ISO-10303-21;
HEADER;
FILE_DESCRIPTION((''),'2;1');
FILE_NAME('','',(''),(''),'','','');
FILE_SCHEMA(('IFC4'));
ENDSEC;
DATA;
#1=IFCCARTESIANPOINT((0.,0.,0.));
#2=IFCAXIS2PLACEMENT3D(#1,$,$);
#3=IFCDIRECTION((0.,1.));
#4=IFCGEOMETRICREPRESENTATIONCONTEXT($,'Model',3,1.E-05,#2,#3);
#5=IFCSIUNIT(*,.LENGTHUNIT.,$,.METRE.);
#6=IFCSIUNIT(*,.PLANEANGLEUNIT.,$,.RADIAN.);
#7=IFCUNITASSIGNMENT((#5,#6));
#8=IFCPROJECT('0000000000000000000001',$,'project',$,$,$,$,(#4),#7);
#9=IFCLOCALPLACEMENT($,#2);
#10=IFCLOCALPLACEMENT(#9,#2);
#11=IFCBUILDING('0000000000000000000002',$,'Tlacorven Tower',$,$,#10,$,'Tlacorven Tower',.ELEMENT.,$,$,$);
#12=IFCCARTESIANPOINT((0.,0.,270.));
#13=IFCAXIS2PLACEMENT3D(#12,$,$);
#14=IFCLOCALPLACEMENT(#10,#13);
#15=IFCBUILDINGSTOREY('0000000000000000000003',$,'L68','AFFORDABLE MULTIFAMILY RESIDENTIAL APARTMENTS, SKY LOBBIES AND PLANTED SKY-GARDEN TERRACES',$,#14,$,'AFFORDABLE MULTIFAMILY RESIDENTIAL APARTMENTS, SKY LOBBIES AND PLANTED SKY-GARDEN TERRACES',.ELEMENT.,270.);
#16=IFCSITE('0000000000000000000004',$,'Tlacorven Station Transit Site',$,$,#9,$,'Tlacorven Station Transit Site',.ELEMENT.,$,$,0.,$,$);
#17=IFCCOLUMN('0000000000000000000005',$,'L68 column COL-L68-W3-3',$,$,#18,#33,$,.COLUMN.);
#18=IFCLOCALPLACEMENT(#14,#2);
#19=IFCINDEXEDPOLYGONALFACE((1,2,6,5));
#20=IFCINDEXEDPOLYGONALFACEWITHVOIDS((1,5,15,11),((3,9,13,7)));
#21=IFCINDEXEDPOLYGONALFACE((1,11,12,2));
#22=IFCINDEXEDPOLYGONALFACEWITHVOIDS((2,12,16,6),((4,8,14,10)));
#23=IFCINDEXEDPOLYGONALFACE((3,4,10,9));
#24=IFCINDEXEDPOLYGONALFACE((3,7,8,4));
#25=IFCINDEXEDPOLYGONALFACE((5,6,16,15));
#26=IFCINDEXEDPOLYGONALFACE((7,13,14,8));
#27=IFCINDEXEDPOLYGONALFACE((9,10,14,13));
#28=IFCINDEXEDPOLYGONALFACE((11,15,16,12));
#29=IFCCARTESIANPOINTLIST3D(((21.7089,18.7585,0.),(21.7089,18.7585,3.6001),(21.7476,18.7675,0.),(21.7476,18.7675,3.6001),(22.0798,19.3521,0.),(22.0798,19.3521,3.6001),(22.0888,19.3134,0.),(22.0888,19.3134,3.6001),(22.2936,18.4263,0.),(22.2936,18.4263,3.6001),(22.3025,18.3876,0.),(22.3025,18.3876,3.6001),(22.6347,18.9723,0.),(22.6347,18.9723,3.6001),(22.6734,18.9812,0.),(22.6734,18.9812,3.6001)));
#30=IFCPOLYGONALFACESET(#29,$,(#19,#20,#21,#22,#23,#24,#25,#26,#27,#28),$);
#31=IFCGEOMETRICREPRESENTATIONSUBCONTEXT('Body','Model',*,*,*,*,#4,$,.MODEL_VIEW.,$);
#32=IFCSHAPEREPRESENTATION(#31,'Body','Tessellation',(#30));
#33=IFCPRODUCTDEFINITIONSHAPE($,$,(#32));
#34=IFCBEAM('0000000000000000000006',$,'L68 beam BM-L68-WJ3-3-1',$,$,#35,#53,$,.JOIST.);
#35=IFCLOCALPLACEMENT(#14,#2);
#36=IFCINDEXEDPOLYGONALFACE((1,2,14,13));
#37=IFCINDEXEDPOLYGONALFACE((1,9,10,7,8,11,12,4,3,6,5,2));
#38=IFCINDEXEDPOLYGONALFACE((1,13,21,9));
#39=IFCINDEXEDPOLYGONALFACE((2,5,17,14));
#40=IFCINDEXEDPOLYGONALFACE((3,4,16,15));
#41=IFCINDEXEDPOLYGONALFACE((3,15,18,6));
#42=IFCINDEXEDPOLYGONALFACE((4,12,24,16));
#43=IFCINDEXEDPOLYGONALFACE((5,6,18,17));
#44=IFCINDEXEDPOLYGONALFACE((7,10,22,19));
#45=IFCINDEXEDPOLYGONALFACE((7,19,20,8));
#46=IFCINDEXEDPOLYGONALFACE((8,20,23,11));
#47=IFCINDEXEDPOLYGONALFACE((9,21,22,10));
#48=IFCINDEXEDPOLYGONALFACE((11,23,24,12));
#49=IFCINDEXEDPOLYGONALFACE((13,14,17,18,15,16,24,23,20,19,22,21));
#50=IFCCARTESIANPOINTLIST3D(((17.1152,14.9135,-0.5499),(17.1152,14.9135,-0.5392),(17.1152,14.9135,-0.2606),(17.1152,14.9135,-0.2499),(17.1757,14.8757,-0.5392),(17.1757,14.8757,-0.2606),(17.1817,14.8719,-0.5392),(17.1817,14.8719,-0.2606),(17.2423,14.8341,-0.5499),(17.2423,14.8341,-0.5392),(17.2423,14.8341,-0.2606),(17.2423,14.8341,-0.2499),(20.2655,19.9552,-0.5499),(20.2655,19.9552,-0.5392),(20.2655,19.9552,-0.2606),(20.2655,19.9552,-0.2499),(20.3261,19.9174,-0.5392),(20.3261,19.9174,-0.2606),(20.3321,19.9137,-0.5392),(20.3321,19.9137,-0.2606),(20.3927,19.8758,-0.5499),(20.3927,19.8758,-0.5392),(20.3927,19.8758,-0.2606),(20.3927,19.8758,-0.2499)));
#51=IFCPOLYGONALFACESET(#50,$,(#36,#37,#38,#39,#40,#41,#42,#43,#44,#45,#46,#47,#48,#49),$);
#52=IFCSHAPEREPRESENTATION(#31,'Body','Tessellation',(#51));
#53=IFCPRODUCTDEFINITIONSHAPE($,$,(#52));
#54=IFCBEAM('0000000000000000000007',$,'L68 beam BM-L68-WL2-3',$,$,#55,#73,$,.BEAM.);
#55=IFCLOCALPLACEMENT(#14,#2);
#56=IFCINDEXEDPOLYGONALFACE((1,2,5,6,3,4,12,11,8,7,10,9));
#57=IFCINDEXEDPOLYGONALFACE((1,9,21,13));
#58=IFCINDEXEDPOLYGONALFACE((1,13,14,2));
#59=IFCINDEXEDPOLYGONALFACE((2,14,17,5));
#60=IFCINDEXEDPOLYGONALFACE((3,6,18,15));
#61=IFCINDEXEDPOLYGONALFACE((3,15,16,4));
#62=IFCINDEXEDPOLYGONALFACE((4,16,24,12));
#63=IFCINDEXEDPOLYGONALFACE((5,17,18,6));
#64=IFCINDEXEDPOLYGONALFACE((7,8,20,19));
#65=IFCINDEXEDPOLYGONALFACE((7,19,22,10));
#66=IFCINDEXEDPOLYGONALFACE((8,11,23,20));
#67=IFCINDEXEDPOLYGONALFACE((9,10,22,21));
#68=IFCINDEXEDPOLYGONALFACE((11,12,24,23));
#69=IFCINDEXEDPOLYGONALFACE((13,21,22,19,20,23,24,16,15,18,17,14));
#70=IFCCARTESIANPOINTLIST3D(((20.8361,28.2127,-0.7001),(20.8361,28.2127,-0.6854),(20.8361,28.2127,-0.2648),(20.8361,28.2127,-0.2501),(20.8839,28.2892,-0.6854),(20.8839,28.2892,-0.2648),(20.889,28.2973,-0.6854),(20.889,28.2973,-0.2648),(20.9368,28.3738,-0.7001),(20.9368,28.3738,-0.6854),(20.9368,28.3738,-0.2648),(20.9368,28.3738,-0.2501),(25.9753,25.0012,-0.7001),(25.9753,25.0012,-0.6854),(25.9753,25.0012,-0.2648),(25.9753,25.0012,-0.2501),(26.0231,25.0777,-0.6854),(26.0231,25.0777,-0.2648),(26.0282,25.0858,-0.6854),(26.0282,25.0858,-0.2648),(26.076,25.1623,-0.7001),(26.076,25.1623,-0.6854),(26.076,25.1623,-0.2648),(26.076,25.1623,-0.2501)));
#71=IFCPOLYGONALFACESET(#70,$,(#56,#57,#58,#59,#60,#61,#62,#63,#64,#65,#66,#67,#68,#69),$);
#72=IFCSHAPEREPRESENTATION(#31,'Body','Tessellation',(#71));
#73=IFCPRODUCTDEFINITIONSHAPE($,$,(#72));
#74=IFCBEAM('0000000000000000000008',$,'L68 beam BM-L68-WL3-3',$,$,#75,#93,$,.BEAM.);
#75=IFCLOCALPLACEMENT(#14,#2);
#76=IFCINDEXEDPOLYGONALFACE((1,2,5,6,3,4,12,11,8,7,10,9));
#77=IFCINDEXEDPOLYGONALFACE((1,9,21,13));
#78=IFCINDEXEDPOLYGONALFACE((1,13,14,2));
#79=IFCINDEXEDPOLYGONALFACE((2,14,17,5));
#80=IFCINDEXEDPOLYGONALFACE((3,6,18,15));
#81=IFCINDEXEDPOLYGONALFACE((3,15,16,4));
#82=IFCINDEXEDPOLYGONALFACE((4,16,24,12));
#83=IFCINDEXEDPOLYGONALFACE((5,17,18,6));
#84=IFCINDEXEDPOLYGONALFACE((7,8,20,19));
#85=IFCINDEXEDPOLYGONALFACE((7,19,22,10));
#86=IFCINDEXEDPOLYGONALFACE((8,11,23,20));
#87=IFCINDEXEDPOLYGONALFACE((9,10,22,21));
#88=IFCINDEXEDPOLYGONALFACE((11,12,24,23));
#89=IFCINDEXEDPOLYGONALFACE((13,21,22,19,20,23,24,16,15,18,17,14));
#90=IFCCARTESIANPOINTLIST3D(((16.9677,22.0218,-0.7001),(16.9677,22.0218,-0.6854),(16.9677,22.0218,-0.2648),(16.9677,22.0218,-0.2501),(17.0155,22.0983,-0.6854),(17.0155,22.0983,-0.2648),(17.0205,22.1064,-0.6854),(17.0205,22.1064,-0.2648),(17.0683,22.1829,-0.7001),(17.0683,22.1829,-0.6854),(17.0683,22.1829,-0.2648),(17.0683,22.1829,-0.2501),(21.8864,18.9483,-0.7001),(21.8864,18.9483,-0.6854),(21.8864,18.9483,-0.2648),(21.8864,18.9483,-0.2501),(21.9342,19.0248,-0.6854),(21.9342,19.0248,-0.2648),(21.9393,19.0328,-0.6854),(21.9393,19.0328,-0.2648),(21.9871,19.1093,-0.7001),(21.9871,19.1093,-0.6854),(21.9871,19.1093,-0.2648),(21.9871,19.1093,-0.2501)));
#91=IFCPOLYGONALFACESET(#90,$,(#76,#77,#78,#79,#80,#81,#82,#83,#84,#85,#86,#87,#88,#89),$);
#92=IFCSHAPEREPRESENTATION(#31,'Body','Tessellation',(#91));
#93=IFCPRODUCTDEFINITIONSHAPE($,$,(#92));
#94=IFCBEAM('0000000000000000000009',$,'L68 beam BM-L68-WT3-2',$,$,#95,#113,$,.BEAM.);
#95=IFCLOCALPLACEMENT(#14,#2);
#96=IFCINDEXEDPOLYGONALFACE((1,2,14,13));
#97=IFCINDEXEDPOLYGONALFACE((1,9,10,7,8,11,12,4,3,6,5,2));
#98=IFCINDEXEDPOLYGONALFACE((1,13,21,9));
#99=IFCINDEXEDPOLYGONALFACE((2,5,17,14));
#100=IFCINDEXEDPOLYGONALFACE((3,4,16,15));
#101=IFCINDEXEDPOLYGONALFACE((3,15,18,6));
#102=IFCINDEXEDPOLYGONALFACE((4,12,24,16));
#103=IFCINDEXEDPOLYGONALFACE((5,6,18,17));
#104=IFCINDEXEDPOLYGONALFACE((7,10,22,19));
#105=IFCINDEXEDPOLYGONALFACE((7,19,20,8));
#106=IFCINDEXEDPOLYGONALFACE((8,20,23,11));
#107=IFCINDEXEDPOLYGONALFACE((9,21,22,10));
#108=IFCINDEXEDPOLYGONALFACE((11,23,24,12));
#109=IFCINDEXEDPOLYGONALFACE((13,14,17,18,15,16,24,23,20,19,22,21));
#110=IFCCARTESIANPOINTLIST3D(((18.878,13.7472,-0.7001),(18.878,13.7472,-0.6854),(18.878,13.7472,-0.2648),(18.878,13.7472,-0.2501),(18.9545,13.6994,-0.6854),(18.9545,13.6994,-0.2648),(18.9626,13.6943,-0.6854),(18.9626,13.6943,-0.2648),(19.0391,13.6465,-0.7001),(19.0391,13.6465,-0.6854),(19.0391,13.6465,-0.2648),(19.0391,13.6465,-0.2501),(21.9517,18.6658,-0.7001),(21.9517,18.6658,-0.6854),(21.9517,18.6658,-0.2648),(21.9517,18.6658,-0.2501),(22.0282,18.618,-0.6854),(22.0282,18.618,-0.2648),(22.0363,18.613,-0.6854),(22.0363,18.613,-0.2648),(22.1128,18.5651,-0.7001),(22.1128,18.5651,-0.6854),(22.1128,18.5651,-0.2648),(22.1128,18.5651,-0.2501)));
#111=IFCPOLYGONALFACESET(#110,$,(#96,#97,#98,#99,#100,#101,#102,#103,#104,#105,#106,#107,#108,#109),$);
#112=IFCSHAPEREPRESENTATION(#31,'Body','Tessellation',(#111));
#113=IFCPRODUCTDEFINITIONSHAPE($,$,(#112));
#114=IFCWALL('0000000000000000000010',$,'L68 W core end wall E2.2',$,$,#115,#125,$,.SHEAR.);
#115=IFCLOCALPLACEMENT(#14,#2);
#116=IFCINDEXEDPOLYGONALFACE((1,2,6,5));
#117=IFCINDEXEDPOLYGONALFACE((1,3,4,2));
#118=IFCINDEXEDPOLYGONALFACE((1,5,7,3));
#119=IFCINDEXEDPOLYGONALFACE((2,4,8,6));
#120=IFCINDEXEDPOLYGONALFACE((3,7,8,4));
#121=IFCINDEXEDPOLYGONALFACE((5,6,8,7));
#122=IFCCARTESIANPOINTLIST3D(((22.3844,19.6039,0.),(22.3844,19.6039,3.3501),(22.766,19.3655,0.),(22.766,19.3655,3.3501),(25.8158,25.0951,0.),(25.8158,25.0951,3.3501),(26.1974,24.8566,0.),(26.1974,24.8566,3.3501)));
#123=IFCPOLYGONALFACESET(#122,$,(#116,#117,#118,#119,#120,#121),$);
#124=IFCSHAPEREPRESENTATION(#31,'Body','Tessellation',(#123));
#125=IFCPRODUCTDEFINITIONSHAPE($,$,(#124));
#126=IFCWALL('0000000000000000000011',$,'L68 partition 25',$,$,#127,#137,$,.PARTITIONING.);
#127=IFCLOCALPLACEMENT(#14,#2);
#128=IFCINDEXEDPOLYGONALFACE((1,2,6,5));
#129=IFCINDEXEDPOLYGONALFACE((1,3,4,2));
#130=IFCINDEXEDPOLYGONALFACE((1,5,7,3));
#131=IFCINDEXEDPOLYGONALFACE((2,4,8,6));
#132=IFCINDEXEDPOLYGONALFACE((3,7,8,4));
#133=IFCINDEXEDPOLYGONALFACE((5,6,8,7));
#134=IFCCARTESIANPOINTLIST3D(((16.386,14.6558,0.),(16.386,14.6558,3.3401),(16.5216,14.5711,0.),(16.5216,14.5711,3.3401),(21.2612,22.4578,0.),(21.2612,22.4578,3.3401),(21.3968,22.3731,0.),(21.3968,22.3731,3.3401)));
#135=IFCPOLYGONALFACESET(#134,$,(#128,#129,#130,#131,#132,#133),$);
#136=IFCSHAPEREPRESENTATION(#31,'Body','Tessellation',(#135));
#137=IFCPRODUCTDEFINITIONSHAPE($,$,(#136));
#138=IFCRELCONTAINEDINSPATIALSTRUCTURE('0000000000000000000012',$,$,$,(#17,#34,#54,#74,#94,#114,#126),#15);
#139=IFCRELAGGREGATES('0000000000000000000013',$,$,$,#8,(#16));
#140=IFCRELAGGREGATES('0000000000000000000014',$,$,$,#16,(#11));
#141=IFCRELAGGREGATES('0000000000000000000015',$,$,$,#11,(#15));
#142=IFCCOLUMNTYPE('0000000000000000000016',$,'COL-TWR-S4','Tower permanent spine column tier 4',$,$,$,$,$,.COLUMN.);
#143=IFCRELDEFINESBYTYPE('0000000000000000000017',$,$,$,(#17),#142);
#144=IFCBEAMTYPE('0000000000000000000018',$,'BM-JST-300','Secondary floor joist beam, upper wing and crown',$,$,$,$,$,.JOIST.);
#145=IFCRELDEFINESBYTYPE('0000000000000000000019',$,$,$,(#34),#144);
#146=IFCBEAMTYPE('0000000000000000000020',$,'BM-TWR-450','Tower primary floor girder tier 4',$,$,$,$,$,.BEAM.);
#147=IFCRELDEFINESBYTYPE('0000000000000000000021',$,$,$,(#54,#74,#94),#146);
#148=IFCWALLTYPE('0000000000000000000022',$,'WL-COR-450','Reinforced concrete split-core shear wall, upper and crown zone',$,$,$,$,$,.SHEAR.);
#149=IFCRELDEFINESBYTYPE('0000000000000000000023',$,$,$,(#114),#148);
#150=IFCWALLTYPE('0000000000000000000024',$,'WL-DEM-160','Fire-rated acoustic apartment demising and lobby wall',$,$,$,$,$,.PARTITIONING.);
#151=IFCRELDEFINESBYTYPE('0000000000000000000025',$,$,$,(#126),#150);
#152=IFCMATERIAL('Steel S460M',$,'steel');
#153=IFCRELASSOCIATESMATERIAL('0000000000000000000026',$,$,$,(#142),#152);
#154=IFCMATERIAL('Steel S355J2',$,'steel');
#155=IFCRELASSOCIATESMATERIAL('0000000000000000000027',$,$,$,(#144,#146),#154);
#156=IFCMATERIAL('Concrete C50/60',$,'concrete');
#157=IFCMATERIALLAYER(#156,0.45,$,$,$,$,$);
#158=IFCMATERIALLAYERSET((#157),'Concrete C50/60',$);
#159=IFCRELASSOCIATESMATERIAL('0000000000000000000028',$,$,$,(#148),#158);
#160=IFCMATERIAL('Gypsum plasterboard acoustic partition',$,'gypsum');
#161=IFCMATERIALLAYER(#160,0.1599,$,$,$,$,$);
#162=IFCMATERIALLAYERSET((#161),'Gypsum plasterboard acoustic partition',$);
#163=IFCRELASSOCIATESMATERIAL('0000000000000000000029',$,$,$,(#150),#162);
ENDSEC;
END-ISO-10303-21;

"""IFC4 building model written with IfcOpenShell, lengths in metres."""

from ifc_helpers import new_model, si_unit, direction, frame, frame_2d, origin, origin_2d, place, context, subcontext, project, spatial, rectangle, hollow_rectangle, i_section, extrude, source, transform, mapped, material, layer, layer_set, material_profile, profile_set, type_object, element, save


model = new_model("IFC4")

# Units and contexts
model_context = context("Model", 3, precision=1e-05, world=origin(), true_north=direction((0.0, 1.0)))
body_context = subcontext(model_context, "Body", "Model", "MODEL_VIEW")
ifc_project = project(units=[si_unit("LENGTHUNIT", "METRE"), si_unit("PLANEANGLEUNIT", "RADIAN")], contexts=[model_context])

# Site, building, storey
site_placement = place(None, origin())
site = spatial("IfcSite", under=ifc_project, at=site_placement, Name="Tlacorven Station Transit Site", LongName="Tlacorven Station Transit Site", CompositionType="ELEMENT", RefElevation=0.0)
building_placement = place(site_placement, origin())
building = spatial("IfcBuilding", under=site, at=building_placement, Name="Tlacorven Tower", LongName="Tlacorven Tower", CompositionType="ELEMENT")
storey_placement = place(building_placement, frame((0.0, 0.0, 270.0)))
storey = spatial("IfcBuildingStorey", under=building, at=storey_placement, Name="L68", Description="AFFORDABLE MULTIFAMILY RESIDENTIAL APARTMENTS, SKY LOBBIES AND PLANTED SKY-GARDEN TERRACES", LongName="AFFORDABLE MULTIFAMILY RESIDENTIAL APARTMENTS, SKY LOBBIES AND PLANTED SKY-GARDEN TERRACES", CompositionType="ELEMENT", Elevation=270.0)

# Column
ifc_material_1 = material(Name="Steel S460M", Category="steel")
ifc_material_profile_1 = material_profile(ifc_material_1, hollow_rectangle(XDim=0.7, YDim=0.7, WallThickness=0.0281, at=origin_2d()), Name="BOX 700X700X28")
ifc_profile_set_1 = profile_set([ifc_material_profile_1], Name="Steel S460M")
column_type = type_object("IfcColumnType", Name="COL-TWR-S4", Description="Tower permanent spine column tier 4", PredefinedType="COLUMN", material=ifc_profile_set_1)
shared_shape_1 = source(origin(), body_context, "Body", "SweptSolid", [
    extrude(hollow_rectangle(XDim=0.7, YDim=0.7, WallThickness=0.0281, at=origin_2d()), origin(), (0.0, 0.0, 1.0), 3.6001),
])
column_placement = place(storey_placement, frame((22.1912, 18.8699, 0.0), z_axis=(0.0, 0.0, 1.0), x_axis=(-0.848048, 0.529919, 0.0)))
element("IfcColumn", 1, at=column_placement, inside=storey, type_object=column_type, Name="L68 column COL-L68-W3-3", PredefinedType="COLUMN", context=body_context, shape_type="MappedRepresentation", body=[
    mapped(shared_shape_1, transform((0.0, 0.0, 0.0), scale=1.0)),
])

# Beams
ifc_material_2 = material(Name="Steel S355J2", Category="steel")
ifc_material_profile_2 = material_profile(ifc_material_2, i_section(OverallWidth=0.1499, OverallDepth=0.3, WebThickness=0.0071, FlangeThickness=0.0107, at=origin_2d()), Name="IPE 300")
ifc_profile_set_2 = profile_set([ifc_material_profile_2], Name="Steel S355J2")
beam_type_1 = type_object("IfcBeamType", Name="BM-JST-300", Description="Secondary floor joist beam, upper wing and crown", PredefinedType="JOIST", material=ifc_profile_set_2)
shared_shape_2 = source(origin(), body_context, "Body", "SweptSolid", [
    extrude(i_section(OverallWidth=0.1499, OverallDepth=0.3, WebThickness=0.0071, FlangeThickness=0.0107, at=origin_2d()), origin(), (0.0, 0.0, 1.0), 5.9451),
])
beam_1_placement = place(storey_placement, frame((20.3291, 19.9155, -0.3999), z_axis=(-0.529914, -0.848051, 0.0), x_axis=(0.848051, -0.529914, 0.0)))
element("IfcBeam", 2, at=beam_1_placement, inside=storey, type_object=beam_type_1, Name="L68 beam BM-L68-WJ3-3-1", PredefinedType="JOIST", context=body_context, shape_type="MappedRepresentation", body=[
    mapped(shared_shape_2, transform((0.0, 0.0, 0.0), scale=1.0)),
])
ifc_material_profile_3 = material_profile(ifc_material_2, i_section(OverallWidth=0.1899, OverallDepth=0.45, WebThickness=0.0095, FlangeThickness=0.0146, at=origin_2d()), Name="IPE 450")
ifc_profile_set_3 = profile_set([ifc_material_profile_3], Name="Steel S355J2")
beam_type_2 = type_object("IfcBeamType", Name="BM-TWR-450", Description="Tower primary floor girder tier 4", PredefinedType="BEAM", material=ifc_profile_set_3)
shared_shape_3 = source(origin(), body_context, "Body", "SweptSolid", [
    extrude(i_section(OverallWidth=0.1899, OverallDepth=0.45, WebThickness=0.0095, FlangeThickness=0.0146, at=origin_2d()), origin(), (0.0, 0.0, 1.0), 6.0601),
])
beam_2_placement = place(storey_placement, frame((26.0256, 25.0818, -0.4751), z_axis=(-0.848039, 0.529934, 0.0), x_axis=(-0.529934, -0.848039, 0.0)))
element("IfcBeam", 3, at=beam_2_placement, inside=storey, type_object=beam_type_2, Name="L68 beam BM-L68-WL2-3", PredefinedType="BEAM", context=body_context, shape_type="MappedRepresentation", body=[
    mapped(shared_shape_3, transform((0.0, 0.0, 0.0), scale=1.0)),
])
shared_shape_4 = source(origin(), body_context, "Body", "SweptSolid", [
    extrude(i_section(OverallWidth=0.1899, OverallDepth=0.45, WebThickness=0.0095, FlangeThickness=0.0146, at=origin_2d()), origin(), (0.0, 0.0, 1.0), 5.8),
])
for number, where, z_axis, x_axis, name in (
    (4, (21.9368, 19.0288, -0.4751), (-0.848053, 0.529912, 0.0), (-0.529912, -0.848053, 0.0), "L68 beam BM-L68-WL3-3"),
    (5, (22.0322, 18.6155, -0.4751), (-0.529942, -0.848034, 0.0), (0.848034, -0.529942, 0.0), "L68 beam BM-L68-WT3-2"),
):
    element("IfcBeam", number, at=place(storey_placement, frame(where, z_axis=z_axis, x_axis=x_axis)), inside=storey, type_object=beam_type_2, Name=name, PredefinedType="BEAM", context=body_context, shape_type="MappedRepresentation", body=[
        mapped(shared_shape_4, transform((0.0, 0.0, 0.0), scale=1.0)),
    ])

# Walls
ifc_material_3 = material(Name="Concrete C50/60", Category="concrete")
ifc_layer_1 = layer(ifc_material_3, 0.45)
ifc_layer_set_1 = layer_set([ifc_layer_1], Name="Concrete C50/60")
wall_type_1 = type_object("IfcWallType", Name="WL-COR-450", Description="Reinforced concrete split-core shear wall, upper and crown zone", PredefinedType="SHEAR", material=ifc_layer_set_1)
wall_1_placement = place(storey_placement, frame((26.0066, 24.9758, 0.0), z_axis=(0.0, 0.0, 1.0), x_axis=(-0.529931, -0.848041, 0.0)))
element("IfcWall", 6, at=wall_1_placement, inside=storey, type_object=wall_type_1, Name="L68 W core end wall E2.2", PredefinedType="SHEAR", context=body_context, shape_type="SweptSolid", body=[
    extrude(rectangle(XDim=6.4751, YDim=0.45, at=frame_2d((3.2375, 0.0))), origin(), (0.0, 0.0, 1.0), 3.3501),
])
ifc_material_4 = material(Name="Gypsum plasterboard acoustic partition", Category="gypsum")
ifc_layer_2 = layer(ifc_material_4, 0.1599)
ifc_layer_set_2 = layer_set([ifc_layer_2], Name="Gypsum plasterboard acoustic partition")
wall_type_2 = type_object("IfcWallType", Name="WL-DEM-160", Description="Fire-rated acoustic apartment demising and lobby wall", PredefinedType="PARTITIONING", material=ifc_layer_set_2)
wall_2_placement = place(storey_placement, frame((21.3291, 22.4155, 0.0), z_axis=(0.0, 0.0, 1.0), x_axis=(-0.52992, -0.848047, 0.0)))
element("IfcWall", 7, at=wall_2_placement, inside=storey, type_object=wall_type_2, Name="L68 partition 25", PredefinedType="PARTITIONING", context=body_context, shape_type="SweptSolid", body=[
    extrude(rectangle(XDim=9.2, YDim=0.1599, at=frame_2d((4.6001, 0.0))), origin(), (0.0, 0.0, 1.0), 3.3401),
])

save(model, "model.ifc")
